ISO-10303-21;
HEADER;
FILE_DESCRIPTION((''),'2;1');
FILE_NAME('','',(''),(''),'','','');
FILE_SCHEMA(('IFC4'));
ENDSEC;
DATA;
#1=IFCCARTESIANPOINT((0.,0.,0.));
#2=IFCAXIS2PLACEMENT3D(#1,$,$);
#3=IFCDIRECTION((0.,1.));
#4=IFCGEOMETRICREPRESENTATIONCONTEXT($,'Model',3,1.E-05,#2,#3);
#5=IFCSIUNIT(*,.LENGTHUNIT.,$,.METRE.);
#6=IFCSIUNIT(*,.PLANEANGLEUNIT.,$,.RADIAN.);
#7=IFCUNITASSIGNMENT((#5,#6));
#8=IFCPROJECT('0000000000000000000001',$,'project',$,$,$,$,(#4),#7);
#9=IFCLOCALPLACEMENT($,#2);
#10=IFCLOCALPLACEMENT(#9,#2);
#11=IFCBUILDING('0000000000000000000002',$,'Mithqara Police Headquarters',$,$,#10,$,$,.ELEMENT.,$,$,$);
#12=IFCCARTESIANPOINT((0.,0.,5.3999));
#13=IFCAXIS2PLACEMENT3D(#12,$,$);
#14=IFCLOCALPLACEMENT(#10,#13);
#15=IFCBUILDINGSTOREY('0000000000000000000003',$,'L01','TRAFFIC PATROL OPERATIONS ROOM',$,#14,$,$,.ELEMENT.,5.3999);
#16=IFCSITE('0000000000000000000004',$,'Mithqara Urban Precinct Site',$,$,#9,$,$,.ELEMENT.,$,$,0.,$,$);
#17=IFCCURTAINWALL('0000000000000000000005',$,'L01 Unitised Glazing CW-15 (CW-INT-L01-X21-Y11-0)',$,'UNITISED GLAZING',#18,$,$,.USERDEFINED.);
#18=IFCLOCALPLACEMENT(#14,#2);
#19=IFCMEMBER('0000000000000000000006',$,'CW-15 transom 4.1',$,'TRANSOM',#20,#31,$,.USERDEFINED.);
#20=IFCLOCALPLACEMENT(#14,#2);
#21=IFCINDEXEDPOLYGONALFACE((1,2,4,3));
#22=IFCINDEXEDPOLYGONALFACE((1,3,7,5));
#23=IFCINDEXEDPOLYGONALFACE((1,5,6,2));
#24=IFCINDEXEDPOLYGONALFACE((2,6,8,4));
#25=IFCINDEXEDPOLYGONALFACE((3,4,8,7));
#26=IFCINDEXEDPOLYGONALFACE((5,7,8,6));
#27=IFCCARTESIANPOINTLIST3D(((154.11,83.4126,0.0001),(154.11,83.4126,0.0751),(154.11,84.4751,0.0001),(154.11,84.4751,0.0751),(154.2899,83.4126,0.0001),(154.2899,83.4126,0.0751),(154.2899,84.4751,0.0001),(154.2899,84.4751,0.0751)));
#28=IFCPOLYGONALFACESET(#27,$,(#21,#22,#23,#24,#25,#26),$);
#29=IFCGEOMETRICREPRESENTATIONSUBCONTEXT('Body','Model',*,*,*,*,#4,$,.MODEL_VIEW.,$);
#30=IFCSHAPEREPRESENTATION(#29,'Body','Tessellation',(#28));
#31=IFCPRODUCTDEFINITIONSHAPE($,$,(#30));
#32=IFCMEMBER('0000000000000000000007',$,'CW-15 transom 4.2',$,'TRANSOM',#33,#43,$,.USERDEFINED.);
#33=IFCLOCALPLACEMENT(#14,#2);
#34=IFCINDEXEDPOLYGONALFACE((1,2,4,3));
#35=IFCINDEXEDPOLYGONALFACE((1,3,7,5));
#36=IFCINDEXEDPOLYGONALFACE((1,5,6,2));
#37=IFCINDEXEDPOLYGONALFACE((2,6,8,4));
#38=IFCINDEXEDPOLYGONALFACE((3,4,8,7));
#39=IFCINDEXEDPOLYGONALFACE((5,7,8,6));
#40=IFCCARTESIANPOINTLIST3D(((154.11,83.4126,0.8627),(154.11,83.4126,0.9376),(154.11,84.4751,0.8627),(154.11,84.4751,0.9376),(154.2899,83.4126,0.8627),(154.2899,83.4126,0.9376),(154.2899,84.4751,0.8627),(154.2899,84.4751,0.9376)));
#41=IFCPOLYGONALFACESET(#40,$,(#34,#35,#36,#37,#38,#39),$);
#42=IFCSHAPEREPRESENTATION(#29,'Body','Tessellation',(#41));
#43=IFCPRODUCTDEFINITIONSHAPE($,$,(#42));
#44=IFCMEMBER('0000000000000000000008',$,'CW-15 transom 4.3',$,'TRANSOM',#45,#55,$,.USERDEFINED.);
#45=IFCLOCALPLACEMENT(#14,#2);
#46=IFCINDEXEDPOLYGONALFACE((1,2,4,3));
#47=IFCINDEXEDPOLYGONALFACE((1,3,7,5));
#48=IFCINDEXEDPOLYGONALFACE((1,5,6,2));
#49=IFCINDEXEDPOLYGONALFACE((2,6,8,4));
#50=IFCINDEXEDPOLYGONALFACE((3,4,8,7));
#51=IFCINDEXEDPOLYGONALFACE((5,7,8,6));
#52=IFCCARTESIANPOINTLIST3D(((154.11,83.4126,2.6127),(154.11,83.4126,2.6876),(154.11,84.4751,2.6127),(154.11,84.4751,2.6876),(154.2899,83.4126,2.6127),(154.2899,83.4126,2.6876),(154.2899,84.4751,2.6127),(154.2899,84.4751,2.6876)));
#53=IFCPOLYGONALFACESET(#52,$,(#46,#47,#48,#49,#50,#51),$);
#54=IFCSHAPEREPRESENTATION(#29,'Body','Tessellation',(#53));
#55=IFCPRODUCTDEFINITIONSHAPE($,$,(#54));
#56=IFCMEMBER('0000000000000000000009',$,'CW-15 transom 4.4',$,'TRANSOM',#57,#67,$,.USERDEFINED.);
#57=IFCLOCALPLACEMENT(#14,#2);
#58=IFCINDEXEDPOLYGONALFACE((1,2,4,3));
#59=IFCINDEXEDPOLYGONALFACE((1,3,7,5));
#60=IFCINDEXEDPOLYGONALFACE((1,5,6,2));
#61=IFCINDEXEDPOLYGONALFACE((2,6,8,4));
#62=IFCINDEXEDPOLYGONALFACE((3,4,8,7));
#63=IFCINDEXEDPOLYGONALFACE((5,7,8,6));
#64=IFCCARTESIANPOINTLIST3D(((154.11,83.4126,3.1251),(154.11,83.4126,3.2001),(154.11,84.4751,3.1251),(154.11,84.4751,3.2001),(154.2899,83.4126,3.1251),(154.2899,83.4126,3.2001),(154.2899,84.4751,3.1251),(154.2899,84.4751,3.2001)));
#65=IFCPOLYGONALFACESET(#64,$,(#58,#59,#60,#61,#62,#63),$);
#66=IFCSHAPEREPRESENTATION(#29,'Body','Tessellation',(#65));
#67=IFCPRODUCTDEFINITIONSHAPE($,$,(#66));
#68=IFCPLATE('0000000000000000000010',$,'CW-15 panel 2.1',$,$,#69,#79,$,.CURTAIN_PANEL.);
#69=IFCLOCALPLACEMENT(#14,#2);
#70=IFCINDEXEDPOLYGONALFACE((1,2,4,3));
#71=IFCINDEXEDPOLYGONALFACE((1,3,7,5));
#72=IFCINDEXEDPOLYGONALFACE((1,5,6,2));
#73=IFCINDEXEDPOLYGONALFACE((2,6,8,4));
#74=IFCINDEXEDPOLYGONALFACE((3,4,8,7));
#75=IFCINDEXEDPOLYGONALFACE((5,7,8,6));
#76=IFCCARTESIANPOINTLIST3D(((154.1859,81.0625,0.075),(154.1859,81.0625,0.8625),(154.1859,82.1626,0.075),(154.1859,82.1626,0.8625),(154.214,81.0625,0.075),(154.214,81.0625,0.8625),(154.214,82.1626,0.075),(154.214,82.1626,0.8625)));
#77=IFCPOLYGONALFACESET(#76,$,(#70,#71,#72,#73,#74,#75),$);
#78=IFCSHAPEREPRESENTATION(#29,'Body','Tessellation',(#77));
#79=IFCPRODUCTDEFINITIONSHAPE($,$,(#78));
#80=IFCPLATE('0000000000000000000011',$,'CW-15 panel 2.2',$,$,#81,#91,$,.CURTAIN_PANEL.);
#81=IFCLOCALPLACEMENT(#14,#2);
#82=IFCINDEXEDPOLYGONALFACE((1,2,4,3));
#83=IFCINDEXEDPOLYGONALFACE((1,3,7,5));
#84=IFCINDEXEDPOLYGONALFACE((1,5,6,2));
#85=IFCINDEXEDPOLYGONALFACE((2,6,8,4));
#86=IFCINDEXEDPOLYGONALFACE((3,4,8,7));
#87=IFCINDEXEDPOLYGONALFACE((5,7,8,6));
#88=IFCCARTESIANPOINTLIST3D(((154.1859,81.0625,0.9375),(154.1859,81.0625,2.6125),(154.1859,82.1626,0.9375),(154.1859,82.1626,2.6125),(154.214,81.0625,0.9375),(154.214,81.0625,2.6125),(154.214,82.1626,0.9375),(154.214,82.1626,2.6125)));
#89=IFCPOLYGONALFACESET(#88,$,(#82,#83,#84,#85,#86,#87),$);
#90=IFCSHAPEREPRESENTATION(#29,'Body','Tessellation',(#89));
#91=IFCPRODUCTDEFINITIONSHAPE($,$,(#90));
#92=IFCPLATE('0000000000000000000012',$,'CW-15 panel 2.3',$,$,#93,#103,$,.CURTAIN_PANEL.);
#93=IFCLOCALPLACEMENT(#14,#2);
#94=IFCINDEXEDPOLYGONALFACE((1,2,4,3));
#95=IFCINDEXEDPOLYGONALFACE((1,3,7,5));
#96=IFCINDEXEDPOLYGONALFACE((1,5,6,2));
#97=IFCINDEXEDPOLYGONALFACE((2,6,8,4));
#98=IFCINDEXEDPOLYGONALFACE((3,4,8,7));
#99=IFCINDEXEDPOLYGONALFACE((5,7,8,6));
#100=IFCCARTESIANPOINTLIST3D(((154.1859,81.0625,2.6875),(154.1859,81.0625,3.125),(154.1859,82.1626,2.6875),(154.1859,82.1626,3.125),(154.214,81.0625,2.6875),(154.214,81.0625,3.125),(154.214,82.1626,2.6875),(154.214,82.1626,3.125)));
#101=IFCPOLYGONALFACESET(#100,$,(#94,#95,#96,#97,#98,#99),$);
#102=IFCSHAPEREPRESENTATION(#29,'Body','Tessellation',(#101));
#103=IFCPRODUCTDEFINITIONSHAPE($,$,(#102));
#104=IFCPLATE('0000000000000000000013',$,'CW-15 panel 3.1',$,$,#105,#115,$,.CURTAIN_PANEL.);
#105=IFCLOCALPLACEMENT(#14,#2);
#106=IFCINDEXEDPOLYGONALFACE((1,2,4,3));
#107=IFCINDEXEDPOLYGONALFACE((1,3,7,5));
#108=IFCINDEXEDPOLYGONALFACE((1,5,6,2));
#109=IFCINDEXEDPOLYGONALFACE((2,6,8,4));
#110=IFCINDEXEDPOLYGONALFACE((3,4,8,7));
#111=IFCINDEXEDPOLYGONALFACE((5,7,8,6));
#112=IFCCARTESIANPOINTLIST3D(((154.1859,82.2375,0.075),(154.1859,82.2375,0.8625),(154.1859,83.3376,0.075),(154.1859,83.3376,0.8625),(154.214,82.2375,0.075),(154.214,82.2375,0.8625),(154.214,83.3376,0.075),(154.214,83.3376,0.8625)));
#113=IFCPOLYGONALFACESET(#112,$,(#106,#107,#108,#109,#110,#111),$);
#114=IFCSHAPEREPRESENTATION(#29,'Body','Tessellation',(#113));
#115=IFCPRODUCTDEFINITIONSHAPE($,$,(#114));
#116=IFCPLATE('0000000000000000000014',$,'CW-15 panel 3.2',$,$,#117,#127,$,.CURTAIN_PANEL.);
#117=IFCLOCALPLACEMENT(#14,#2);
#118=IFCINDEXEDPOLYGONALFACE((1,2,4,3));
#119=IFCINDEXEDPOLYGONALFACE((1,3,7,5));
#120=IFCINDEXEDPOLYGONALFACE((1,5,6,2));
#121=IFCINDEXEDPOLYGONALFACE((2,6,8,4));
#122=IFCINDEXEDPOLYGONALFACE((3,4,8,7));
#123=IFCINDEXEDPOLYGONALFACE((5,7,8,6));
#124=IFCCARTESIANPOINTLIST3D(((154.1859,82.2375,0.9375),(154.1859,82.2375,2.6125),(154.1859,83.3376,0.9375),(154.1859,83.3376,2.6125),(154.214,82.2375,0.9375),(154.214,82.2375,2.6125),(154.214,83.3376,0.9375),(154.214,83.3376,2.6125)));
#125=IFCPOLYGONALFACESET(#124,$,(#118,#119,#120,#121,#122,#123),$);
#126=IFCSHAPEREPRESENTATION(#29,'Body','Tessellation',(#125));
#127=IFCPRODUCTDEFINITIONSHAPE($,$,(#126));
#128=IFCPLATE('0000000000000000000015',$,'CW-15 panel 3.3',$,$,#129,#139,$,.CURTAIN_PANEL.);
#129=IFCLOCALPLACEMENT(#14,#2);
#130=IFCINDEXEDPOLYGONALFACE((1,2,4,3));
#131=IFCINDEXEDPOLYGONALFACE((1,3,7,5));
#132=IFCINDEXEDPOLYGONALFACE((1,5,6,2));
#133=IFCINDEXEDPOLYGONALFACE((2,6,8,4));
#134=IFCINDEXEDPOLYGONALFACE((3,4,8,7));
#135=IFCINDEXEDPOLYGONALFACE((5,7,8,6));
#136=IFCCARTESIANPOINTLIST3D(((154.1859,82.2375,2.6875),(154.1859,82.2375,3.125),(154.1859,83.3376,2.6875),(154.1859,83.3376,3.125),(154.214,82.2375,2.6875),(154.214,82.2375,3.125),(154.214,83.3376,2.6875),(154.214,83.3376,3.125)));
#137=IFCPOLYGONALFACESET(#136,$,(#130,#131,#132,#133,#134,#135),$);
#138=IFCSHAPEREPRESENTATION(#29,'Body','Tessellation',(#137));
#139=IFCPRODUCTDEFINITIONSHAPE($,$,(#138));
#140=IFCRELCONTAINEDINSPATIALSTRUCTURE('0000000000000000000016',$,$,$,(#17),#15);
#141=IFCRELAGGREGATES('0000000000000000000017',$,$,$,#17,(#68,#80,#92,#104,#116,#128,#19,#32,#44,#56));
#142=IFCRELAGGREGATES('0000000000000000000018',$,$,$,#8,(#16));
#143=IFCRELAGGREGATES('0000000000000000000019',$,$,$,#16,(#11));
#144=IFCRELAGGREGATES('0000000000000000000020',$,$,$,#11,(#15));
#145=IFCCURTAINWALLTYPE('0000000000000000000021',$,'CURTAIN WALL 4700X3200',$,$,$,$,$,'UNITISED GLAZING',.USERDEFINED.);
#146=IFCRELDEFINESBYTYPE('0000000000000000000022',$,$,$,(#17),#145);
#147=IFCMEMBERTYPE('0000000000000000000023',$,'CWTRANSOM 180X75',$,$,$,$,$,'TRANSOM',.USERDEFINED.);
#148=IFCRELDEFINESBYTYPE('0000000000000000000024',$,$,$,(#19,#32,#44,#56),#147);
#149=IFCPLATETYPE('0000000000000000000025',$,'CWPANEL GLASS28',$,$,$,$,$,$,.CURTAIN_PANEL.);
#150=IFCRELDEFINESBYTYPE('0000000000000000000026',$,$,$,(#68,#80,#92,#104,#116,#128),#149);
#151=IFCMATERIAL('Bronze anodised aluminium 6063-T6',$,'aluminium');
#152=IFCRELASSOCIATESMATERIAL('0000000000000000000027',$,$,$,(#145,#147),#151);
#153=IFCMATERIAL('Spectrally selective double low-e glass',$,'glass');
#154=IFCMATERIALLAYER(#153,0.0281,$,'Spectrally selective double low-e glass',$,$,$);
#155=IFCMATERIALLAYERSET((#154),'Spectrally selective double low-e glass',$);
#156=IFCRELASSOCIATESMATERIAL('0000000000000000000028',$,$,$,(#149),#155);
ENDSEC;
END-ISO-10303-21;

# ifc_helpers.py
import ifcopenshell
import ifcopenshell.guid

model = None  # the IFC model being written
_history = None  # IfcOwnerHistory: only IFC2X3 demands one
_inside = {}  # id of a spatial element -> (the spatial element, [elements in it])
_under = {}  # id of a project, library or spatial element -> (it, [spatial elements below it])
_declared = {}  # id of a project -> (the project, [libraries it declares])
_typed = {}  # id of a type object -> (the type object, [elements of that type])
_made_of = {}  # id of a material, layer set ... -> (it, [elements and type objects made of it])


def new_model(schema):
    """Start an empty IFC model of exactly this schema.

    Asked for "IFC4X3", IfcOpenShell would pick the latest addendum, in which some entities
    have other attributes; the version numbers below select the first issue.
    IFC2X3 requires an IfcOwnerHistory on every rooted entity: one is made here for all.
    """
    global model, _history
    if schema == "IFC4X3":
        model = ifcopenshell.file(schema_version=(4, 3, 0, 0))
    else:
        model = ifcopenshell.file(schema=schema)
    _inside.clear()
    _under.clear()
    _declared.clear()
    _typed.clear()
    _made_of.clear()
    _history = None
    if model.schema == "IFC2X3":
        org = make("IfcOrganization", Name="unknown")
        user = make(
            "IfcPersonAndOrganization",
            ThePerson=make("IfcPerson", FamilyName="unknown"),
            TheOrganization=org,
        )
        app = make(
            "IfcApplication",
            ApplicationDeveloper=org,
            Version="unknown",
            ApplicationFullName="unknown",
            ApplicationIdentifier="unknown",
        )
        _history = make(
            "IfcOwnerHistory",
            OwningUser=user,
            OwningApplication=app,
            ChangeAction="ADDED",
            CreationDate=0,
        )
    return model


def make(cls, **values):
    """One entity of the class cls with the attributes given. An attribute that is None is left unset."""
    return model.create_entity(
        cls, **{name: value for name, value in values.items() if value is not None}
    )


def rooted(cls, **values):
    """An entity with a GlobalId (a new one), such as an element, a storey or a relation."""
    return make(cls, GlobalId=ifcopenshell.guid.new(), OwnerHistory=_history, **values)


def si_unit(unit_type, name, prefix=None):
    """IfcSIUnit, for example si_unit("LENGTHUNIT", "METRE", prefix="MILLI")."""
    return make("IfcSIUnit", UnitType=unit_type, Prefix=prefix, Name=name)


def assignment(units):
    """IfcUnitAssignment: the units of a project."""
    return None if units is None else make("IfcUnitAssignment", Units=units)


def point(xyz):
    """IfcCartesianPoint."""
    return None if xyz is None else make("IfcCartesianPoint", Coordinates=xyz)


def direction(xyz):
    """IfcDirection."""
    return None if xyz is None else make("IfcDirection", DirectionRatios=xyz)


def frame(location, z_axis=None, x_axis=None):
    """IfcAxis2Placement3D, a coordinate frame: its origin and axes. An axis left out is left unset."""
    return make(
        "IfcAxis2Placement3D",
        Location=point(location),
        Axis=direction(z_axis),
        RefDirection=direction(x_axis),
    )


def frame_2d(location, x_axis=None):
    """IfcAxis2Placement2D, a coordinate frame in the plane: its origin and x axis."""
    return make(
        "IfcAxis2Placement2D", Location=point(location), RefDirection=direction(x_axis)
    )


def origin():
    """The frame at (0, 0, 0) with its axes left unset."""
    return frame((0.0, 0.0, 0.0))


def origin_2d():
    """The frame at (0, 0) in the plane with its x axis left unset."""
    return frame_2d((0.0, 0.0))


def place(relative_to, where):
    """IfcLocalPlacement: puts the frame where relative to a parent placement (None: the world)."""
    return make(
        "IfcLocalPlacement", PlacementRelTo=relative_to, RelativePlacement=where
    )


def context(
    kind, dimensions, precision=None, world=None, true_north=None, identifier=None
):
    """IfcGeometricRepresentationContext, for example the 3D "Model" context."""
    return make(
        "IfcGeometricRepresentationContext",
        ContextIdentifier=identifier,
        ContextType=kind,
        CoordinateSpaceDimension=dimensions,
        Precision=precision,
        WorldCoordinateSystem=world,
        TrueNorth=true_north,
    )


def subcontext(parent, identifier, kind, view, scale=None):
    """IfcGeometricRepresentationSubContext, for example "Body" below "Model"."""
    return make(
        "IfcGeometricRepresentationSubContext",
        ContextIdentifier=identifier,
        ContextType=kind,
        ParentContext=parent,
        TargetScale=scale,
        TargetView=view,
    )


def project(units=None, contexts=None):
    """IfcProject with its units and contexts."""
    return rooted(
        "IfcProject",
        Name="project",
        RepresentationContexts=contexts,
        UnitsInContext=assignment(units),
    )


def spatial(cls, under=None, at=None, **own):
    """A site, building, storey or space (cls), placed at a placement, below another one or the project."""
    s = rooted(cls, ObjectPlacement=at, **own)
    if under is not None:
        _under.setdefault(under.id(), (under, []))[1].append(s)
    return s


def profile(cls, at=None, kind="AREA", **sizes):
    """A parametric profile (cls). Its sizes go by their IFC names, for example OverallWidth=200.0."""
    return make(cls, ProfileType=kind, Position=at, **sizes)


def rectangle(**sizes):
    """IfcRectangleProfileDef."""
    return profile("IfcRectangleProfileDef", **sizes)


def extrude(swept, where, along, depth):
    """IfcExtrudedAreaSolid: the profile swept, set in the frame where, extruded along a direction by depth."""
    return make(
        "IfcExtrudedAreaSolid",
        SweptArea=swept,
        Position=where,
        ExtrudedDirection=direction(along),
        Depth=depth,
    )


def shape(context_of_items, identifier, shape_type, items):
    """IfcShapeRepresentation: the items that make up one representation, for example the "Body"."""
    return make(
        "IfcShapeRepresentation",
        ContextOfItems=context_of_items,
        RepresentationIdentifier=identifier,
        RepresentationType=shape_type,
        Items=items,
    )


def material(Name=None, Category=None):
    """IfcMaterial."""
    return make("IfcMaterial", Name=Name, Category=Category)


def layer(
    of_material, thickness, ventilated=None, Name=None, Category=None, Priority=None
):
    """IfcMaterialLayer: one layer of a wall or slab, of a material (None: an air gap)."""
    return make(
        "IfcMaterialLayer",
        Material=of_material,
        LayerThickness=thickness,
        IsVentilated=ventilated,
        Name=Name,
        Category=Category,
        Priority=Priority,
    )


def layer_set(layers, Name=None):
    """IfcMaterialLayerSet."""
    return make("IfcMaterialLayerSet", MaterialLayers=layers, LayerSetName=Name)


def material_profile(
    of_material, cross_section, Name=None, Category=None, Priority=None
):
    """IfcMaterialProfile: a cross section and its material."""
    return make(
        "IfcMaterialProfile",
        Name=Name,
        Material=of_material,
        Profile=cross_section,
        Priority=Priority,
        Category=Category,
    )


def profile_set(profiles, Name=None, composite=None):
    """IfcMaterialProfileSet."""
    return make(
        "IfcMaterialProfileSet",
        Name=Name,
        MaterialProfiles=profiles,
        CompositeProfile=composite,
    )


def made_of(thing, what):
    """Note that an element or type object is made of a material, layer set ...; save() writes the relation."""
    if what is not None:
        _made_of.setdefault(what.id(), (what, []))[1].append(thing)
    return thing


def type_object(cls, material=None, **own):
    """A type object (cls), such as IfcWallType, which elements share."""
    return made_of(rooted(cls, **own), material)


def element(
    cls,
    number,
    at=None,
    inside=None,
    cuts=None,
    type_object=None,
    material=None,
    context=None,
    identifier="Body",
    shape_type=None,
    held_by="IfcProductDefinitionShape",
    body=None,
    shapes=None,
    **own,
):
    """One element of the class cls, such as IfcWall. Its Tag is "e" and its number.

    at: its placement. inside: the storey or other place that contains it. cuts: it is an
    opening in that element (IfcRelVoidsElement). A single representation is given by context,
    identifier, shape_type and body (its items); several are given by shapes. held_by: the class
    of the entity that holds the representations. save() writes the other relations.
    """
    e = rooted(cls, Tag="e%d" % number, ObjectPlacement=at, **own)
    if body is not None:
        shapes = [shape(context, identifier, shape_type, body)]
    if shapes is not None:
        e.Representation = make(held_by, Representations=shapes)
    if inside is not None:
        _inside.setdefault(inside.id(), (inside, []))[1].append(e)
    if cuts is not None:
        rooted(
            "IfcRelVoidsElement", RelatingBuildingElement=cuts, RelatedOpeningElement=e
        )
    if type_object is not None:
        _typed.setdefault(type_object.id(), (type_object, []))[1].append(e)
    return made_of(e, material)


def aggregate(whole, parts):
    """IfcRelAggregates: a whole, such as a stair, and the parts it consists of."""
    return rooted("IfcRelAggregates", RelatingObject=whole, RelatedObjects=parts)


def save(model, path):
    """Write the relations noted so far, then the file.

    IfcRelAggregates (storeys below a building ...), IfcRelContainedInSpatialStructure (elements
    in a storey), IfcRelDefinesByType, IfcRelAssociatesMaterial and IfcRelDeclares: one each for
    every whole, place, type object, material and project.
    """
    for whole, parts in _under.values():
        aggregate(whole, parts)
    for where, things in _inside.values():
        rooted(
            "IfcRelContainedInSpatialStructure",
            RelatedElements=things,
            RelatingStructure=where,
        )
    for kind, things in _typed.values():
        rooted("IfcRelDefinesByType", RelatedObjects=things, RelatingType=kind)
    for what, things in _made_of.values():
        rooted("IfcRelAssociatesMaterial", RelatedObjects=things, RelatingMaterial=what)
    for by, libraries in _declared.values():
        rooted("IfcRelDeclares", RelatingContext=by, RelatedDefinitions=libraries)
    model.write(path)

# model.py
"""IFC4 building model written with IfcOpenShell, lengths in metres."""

from ifc_helpers import new_model, si_unit, direction, frame, origin, origin_2d, place, context, subcontext, project, spatial, rectangle, extrude, material, layer, layer_set, material_profile, profile_set, type_object, element, aggregate, save


model = new_model("IFC4")

# Units and contexts
model_context = context("Model", 3, precision=1e-05, world=origin(), true_north=direction((0.0, 1.0)))
body_context = subcontext(model_context, "Body", "Model", "MODEL_VIEW")
ifc_project = project(units=[si_unit("LENGTHUNIT", "METRE"), si_unit("PLANEANGLEUNIT", "RADIAN")], contexts=[model_context])

# Site, building, storey
site_placement = place(None, origin())
site = spatial("IfcSite", under=ifc_project, at=site_placement, Name="Mithqara Urban Precinct Site", CompositionType="ELEMENT", RefElevation=0.0)
building_placement = place(site_placement, origin())
building = spatial("IfcBuilding", under=site, at=building_placement, Name="Mithqara Police Headquarters", CompositionType="ELEMENT")
storey_placement = place(building_placement, frame((0.0, 0.0, 5.3999)))
storey = spatial("IfcBuildingStorey", under=building, at=storey_placement, Name="L01", Description="TRAFFIC PATROL OPERATIONS ROOM", CompositionType="ELEMENT", Elevation=5.3999)

# Curtain wall, members, plates
ifc_material_1 = material(Name="Bronze anodised aluminium 6063-T6", Category="aluminium")
curtain_wall_type = type_object("IfcCurtainWallType", Name="CURTAIN WALL 4700X3200", ElementType="UNITISED GLAZING", PredefinedType="USERDEFINED", material=ifc_material_1)
curtain_wall_placement = place(storey_placement, origin())
curtain_wall = element("IfcCurtainWall", 1, at=curtain_wall_placement, inside=storey, type_object=curtain_wall_type, Name="L01 Unitised Glazing CW-15 (CW-INT-L01-X21-Y11-0)", ObjectType="UNITISED GLAZING", PredefinedType="USERDEFINED")
ifc_material_profile_1 = material_profile(ifc_material_1, rectangle(XDim=0.1799, YDim=0.075, at=origin_2d()), Name="CWT 180x75")
ifc_profile_set_1 = profile_set([ifc_material_profile_1], Name="Bronze anodised aluminium 6063-T6")
member_type_1 = type_object("IfcMemberType", Name="CWTRANSOM 180X75", ElementType="TRANSOM", PredefinedType="USERDEFINED", material=ifc_profile_set_1)
member_1_placement = place(storey_placement, frame((154.2, 83.4126, 0.0376), z_axis=(0.0, 1.0, 0.0), x_axis=(-1.0, 0.0, 0.0)))
member_1 = element("IfcMember", 2, at=member_1_placement, type_object=member_type_1, Name="CW-15 transom 4.1", ObjectType="TRANSOM", PredefinedType="USERDEFINED", context=body_context, shape_type="SweptSolid", body=[
    extrude(rectangle(XDim=0.1799, YDim=0.075, at=origin_2d()), origin(), (0.0, 0.0, 1.0), 1.0625),
])
member_2_placement = place(storey_placement, frame((154.2, 83.4126, 0.9001), z_axis=(0.0, 1.0, 0.0), x_axis=(-1.0, 0.0, 0.0)))
member_2 = element("IfcMember", 3, at=member_2_placement, type_object=member_type_1, Name="CW-15 transom 4.2", ObjectType="TRANSOM", PredefinedType="USERDEFINED", context=body_context, shape_type="SweptSolid", body=[
    extrude(rectangle(XDim=0.1799, YDim=0.075, at=origin_2d()), origin(), (0.0, 0.0, 1.0), 1.0625),
])
member_3_placement = place(storey_placement, frame((154.2, 83.4126, 2.6501), z_axis=(0.0, 1.0, 0.0), x_axis=(-1.0, 0.0, 0.0)))
member_3 = element("IfcMember", 4, at=member_3_placement, type_object=member_type_1, Name="CW-15 transom 4.3", ObjectType="TRANSOM", PredefinedType="USERDEFINED", context=body_context, shape_type="SweptSolid", body=[
    extrude(rectangle(XDim=0.1799, YDim=0.075, at=origin_2d()), origin(), (0.0, 0.0, 1.0), 1.0625),
])
member_4_placement = place(storey_placement, frame((154.2, 83.4126, 3.1626), z_axis=(0.0, 1.0, 0.0), x_axis=(-1.0, 0.0, 0.0)))
member_4 = element("IfcMember", 5, at=member_4_placement, type_object=member_type_1, Name="CW-15 transom 4.4", ObjectType="TRANSOM", PredefinedType="USERDEFINED", context=body_context, shape_type="SweptSolid", body=[
    extrude(rectangle(XDim=0.1799, YDim=0.075, at=origin_2d()), origin(), (0.0, 0.0, 1.0), 1.0625),
])
ifc_material_2 = material(Name="Spectrally selective double low-e glass", Category="glass")
ifc_layer = layer(ifc_material_2, 0.0281, Name="Spectrally selective double low-e glass")
ifc_layer_set = layer_set([ifc_layer], Name="Spectrally selective double low-e glass")
plate_type = type_object("IfcPlateType", Name="CWPANEL GLASS28", PredefinedType="CURTAIN_PANEL", material=ifc_layer_set)
plate_1_placement = place(storey_placement, frame((154.2, 81.6125, 0.075), z_axis=(0.0, 0.0, 1.0), x_axis=(0.0, 1.0, 0.0)))
plate_1 = element("IfcPlate", 6, at=plate_1_placement, type_object=plate_type, Name="CW-15 panel 2.1", PredefinedType="CURTAIN_PANEL", context=body_context, shape_type="SweptSolid", body=[
    extrude(rectangle(XDim=1.1001, YDim=0.0281, at=origin_2d()), origin(), (0.0, 0.0, 1.0), 0.7876),
])
plate_2_placement = place(storey_placement, frame((154.2, 81.6125, 0.9375), z_axis=(0.0, 0.0, 1.0), x_axis=(0.0, 1.0, 0.0)))
plate_2 = element("IfcPlate", 7, at=plate_2_placement, type_object=plate_type, Name="CW-15 panel 2.2", PredefinedType="CURTAIN_PANEL", context=body_context, shape_type="SweptSolid", body=[
    extrude(rectangle(XDim=1.1001, YDim=0.0281, at=origin_2d()), origin(), (0.0, 0.0, 1.0), 1.675),
])
plate_3_placement = place(storey_placement, frame((154.2, 81.6125, 2.6875), z_axis=(0.0, 0.0, 1.0), x_axis=(0.0, 1.0, 0.0)))
plate_3 = element("IfcPlate", 8, at=plate_3_placement, type_object=plate_type, Name="CW-15 panel 2.3", PredefinedType="CURTAIN_PANEL", context=body_context, shape_type="SweptSolid", body=[
    extrude(rectangle(XDim=1.1001, YDim=0.0281, at=origin_2d()), origin(), (0.0, 0.0, 1.0), 0.4375),
])
plate_4_placement = place(storey_placement, frame((154.2, 82.7876, 0.075), z_axis=(0.0, 0.0, 1.0), x_axis=(0.0, 1.0, 0.0)))
plate_4 = element("IfcPlate", 9, at=plate_4_placement, type_object=plate_type, Name="CW-15 panel 3.1", PredefinedType="CURTAIN_PANEL", context=body_context, shape_type="SweptSolid", body=[
    extrude(rectangle(XDim=1.1001, YDim=0.0281, at=origin_2d()), origin(), (0.0, 0.0, 1.0), 0.7876),
])
plate_5_placement = place(storey_placement, frame((154.2, 82.7876, 0.9375), z_axis=(0.0, 0.0, 1.0), x_axis=(0.0, 1.0, 0.0)))
plate_5 = element("IfcPlate", 10, at=plate_5_placement, type_object=plate_type, Name="CW-15 panel 3.2", PredefinedType="CURTAIN_PANEL", context=body_context, shape_type="SweptSolid", body=[
    extrude(rectangle(XDim=1.1001, YDim=0.0281, at=origin_2d()), origin(), (0.0, 0.0, 1.0), 1.675),
])
plate_6_placement = place(storey_placement, frame((154.2, 82.7876, 2.6875), z_axis=(0.0, 0.0, 1.0), x_axis=(0.0, 1.0, 0.0)))
plate_6 = element("IfcPlate", 11, at=plate_6_placement, type_object=plate_type, Name="CW-15 panel 3.3", PredefinedType="CURTAIN_PANEL", context=body_context, shape_type="SweptSolid", body=[
    extrude(rectangle(XDim=1.1001, YDim=0.0281, at=origin_2d()), origin(), (0.0, 0.0, 1.0), 0.4375),
])
aggregate(curtain_wall, [plate_1, plate_2, plate_3, plate_4, plate_5, plate_6, member_1, member_2, member_3, member_4])

save(model, "model.ifc")
